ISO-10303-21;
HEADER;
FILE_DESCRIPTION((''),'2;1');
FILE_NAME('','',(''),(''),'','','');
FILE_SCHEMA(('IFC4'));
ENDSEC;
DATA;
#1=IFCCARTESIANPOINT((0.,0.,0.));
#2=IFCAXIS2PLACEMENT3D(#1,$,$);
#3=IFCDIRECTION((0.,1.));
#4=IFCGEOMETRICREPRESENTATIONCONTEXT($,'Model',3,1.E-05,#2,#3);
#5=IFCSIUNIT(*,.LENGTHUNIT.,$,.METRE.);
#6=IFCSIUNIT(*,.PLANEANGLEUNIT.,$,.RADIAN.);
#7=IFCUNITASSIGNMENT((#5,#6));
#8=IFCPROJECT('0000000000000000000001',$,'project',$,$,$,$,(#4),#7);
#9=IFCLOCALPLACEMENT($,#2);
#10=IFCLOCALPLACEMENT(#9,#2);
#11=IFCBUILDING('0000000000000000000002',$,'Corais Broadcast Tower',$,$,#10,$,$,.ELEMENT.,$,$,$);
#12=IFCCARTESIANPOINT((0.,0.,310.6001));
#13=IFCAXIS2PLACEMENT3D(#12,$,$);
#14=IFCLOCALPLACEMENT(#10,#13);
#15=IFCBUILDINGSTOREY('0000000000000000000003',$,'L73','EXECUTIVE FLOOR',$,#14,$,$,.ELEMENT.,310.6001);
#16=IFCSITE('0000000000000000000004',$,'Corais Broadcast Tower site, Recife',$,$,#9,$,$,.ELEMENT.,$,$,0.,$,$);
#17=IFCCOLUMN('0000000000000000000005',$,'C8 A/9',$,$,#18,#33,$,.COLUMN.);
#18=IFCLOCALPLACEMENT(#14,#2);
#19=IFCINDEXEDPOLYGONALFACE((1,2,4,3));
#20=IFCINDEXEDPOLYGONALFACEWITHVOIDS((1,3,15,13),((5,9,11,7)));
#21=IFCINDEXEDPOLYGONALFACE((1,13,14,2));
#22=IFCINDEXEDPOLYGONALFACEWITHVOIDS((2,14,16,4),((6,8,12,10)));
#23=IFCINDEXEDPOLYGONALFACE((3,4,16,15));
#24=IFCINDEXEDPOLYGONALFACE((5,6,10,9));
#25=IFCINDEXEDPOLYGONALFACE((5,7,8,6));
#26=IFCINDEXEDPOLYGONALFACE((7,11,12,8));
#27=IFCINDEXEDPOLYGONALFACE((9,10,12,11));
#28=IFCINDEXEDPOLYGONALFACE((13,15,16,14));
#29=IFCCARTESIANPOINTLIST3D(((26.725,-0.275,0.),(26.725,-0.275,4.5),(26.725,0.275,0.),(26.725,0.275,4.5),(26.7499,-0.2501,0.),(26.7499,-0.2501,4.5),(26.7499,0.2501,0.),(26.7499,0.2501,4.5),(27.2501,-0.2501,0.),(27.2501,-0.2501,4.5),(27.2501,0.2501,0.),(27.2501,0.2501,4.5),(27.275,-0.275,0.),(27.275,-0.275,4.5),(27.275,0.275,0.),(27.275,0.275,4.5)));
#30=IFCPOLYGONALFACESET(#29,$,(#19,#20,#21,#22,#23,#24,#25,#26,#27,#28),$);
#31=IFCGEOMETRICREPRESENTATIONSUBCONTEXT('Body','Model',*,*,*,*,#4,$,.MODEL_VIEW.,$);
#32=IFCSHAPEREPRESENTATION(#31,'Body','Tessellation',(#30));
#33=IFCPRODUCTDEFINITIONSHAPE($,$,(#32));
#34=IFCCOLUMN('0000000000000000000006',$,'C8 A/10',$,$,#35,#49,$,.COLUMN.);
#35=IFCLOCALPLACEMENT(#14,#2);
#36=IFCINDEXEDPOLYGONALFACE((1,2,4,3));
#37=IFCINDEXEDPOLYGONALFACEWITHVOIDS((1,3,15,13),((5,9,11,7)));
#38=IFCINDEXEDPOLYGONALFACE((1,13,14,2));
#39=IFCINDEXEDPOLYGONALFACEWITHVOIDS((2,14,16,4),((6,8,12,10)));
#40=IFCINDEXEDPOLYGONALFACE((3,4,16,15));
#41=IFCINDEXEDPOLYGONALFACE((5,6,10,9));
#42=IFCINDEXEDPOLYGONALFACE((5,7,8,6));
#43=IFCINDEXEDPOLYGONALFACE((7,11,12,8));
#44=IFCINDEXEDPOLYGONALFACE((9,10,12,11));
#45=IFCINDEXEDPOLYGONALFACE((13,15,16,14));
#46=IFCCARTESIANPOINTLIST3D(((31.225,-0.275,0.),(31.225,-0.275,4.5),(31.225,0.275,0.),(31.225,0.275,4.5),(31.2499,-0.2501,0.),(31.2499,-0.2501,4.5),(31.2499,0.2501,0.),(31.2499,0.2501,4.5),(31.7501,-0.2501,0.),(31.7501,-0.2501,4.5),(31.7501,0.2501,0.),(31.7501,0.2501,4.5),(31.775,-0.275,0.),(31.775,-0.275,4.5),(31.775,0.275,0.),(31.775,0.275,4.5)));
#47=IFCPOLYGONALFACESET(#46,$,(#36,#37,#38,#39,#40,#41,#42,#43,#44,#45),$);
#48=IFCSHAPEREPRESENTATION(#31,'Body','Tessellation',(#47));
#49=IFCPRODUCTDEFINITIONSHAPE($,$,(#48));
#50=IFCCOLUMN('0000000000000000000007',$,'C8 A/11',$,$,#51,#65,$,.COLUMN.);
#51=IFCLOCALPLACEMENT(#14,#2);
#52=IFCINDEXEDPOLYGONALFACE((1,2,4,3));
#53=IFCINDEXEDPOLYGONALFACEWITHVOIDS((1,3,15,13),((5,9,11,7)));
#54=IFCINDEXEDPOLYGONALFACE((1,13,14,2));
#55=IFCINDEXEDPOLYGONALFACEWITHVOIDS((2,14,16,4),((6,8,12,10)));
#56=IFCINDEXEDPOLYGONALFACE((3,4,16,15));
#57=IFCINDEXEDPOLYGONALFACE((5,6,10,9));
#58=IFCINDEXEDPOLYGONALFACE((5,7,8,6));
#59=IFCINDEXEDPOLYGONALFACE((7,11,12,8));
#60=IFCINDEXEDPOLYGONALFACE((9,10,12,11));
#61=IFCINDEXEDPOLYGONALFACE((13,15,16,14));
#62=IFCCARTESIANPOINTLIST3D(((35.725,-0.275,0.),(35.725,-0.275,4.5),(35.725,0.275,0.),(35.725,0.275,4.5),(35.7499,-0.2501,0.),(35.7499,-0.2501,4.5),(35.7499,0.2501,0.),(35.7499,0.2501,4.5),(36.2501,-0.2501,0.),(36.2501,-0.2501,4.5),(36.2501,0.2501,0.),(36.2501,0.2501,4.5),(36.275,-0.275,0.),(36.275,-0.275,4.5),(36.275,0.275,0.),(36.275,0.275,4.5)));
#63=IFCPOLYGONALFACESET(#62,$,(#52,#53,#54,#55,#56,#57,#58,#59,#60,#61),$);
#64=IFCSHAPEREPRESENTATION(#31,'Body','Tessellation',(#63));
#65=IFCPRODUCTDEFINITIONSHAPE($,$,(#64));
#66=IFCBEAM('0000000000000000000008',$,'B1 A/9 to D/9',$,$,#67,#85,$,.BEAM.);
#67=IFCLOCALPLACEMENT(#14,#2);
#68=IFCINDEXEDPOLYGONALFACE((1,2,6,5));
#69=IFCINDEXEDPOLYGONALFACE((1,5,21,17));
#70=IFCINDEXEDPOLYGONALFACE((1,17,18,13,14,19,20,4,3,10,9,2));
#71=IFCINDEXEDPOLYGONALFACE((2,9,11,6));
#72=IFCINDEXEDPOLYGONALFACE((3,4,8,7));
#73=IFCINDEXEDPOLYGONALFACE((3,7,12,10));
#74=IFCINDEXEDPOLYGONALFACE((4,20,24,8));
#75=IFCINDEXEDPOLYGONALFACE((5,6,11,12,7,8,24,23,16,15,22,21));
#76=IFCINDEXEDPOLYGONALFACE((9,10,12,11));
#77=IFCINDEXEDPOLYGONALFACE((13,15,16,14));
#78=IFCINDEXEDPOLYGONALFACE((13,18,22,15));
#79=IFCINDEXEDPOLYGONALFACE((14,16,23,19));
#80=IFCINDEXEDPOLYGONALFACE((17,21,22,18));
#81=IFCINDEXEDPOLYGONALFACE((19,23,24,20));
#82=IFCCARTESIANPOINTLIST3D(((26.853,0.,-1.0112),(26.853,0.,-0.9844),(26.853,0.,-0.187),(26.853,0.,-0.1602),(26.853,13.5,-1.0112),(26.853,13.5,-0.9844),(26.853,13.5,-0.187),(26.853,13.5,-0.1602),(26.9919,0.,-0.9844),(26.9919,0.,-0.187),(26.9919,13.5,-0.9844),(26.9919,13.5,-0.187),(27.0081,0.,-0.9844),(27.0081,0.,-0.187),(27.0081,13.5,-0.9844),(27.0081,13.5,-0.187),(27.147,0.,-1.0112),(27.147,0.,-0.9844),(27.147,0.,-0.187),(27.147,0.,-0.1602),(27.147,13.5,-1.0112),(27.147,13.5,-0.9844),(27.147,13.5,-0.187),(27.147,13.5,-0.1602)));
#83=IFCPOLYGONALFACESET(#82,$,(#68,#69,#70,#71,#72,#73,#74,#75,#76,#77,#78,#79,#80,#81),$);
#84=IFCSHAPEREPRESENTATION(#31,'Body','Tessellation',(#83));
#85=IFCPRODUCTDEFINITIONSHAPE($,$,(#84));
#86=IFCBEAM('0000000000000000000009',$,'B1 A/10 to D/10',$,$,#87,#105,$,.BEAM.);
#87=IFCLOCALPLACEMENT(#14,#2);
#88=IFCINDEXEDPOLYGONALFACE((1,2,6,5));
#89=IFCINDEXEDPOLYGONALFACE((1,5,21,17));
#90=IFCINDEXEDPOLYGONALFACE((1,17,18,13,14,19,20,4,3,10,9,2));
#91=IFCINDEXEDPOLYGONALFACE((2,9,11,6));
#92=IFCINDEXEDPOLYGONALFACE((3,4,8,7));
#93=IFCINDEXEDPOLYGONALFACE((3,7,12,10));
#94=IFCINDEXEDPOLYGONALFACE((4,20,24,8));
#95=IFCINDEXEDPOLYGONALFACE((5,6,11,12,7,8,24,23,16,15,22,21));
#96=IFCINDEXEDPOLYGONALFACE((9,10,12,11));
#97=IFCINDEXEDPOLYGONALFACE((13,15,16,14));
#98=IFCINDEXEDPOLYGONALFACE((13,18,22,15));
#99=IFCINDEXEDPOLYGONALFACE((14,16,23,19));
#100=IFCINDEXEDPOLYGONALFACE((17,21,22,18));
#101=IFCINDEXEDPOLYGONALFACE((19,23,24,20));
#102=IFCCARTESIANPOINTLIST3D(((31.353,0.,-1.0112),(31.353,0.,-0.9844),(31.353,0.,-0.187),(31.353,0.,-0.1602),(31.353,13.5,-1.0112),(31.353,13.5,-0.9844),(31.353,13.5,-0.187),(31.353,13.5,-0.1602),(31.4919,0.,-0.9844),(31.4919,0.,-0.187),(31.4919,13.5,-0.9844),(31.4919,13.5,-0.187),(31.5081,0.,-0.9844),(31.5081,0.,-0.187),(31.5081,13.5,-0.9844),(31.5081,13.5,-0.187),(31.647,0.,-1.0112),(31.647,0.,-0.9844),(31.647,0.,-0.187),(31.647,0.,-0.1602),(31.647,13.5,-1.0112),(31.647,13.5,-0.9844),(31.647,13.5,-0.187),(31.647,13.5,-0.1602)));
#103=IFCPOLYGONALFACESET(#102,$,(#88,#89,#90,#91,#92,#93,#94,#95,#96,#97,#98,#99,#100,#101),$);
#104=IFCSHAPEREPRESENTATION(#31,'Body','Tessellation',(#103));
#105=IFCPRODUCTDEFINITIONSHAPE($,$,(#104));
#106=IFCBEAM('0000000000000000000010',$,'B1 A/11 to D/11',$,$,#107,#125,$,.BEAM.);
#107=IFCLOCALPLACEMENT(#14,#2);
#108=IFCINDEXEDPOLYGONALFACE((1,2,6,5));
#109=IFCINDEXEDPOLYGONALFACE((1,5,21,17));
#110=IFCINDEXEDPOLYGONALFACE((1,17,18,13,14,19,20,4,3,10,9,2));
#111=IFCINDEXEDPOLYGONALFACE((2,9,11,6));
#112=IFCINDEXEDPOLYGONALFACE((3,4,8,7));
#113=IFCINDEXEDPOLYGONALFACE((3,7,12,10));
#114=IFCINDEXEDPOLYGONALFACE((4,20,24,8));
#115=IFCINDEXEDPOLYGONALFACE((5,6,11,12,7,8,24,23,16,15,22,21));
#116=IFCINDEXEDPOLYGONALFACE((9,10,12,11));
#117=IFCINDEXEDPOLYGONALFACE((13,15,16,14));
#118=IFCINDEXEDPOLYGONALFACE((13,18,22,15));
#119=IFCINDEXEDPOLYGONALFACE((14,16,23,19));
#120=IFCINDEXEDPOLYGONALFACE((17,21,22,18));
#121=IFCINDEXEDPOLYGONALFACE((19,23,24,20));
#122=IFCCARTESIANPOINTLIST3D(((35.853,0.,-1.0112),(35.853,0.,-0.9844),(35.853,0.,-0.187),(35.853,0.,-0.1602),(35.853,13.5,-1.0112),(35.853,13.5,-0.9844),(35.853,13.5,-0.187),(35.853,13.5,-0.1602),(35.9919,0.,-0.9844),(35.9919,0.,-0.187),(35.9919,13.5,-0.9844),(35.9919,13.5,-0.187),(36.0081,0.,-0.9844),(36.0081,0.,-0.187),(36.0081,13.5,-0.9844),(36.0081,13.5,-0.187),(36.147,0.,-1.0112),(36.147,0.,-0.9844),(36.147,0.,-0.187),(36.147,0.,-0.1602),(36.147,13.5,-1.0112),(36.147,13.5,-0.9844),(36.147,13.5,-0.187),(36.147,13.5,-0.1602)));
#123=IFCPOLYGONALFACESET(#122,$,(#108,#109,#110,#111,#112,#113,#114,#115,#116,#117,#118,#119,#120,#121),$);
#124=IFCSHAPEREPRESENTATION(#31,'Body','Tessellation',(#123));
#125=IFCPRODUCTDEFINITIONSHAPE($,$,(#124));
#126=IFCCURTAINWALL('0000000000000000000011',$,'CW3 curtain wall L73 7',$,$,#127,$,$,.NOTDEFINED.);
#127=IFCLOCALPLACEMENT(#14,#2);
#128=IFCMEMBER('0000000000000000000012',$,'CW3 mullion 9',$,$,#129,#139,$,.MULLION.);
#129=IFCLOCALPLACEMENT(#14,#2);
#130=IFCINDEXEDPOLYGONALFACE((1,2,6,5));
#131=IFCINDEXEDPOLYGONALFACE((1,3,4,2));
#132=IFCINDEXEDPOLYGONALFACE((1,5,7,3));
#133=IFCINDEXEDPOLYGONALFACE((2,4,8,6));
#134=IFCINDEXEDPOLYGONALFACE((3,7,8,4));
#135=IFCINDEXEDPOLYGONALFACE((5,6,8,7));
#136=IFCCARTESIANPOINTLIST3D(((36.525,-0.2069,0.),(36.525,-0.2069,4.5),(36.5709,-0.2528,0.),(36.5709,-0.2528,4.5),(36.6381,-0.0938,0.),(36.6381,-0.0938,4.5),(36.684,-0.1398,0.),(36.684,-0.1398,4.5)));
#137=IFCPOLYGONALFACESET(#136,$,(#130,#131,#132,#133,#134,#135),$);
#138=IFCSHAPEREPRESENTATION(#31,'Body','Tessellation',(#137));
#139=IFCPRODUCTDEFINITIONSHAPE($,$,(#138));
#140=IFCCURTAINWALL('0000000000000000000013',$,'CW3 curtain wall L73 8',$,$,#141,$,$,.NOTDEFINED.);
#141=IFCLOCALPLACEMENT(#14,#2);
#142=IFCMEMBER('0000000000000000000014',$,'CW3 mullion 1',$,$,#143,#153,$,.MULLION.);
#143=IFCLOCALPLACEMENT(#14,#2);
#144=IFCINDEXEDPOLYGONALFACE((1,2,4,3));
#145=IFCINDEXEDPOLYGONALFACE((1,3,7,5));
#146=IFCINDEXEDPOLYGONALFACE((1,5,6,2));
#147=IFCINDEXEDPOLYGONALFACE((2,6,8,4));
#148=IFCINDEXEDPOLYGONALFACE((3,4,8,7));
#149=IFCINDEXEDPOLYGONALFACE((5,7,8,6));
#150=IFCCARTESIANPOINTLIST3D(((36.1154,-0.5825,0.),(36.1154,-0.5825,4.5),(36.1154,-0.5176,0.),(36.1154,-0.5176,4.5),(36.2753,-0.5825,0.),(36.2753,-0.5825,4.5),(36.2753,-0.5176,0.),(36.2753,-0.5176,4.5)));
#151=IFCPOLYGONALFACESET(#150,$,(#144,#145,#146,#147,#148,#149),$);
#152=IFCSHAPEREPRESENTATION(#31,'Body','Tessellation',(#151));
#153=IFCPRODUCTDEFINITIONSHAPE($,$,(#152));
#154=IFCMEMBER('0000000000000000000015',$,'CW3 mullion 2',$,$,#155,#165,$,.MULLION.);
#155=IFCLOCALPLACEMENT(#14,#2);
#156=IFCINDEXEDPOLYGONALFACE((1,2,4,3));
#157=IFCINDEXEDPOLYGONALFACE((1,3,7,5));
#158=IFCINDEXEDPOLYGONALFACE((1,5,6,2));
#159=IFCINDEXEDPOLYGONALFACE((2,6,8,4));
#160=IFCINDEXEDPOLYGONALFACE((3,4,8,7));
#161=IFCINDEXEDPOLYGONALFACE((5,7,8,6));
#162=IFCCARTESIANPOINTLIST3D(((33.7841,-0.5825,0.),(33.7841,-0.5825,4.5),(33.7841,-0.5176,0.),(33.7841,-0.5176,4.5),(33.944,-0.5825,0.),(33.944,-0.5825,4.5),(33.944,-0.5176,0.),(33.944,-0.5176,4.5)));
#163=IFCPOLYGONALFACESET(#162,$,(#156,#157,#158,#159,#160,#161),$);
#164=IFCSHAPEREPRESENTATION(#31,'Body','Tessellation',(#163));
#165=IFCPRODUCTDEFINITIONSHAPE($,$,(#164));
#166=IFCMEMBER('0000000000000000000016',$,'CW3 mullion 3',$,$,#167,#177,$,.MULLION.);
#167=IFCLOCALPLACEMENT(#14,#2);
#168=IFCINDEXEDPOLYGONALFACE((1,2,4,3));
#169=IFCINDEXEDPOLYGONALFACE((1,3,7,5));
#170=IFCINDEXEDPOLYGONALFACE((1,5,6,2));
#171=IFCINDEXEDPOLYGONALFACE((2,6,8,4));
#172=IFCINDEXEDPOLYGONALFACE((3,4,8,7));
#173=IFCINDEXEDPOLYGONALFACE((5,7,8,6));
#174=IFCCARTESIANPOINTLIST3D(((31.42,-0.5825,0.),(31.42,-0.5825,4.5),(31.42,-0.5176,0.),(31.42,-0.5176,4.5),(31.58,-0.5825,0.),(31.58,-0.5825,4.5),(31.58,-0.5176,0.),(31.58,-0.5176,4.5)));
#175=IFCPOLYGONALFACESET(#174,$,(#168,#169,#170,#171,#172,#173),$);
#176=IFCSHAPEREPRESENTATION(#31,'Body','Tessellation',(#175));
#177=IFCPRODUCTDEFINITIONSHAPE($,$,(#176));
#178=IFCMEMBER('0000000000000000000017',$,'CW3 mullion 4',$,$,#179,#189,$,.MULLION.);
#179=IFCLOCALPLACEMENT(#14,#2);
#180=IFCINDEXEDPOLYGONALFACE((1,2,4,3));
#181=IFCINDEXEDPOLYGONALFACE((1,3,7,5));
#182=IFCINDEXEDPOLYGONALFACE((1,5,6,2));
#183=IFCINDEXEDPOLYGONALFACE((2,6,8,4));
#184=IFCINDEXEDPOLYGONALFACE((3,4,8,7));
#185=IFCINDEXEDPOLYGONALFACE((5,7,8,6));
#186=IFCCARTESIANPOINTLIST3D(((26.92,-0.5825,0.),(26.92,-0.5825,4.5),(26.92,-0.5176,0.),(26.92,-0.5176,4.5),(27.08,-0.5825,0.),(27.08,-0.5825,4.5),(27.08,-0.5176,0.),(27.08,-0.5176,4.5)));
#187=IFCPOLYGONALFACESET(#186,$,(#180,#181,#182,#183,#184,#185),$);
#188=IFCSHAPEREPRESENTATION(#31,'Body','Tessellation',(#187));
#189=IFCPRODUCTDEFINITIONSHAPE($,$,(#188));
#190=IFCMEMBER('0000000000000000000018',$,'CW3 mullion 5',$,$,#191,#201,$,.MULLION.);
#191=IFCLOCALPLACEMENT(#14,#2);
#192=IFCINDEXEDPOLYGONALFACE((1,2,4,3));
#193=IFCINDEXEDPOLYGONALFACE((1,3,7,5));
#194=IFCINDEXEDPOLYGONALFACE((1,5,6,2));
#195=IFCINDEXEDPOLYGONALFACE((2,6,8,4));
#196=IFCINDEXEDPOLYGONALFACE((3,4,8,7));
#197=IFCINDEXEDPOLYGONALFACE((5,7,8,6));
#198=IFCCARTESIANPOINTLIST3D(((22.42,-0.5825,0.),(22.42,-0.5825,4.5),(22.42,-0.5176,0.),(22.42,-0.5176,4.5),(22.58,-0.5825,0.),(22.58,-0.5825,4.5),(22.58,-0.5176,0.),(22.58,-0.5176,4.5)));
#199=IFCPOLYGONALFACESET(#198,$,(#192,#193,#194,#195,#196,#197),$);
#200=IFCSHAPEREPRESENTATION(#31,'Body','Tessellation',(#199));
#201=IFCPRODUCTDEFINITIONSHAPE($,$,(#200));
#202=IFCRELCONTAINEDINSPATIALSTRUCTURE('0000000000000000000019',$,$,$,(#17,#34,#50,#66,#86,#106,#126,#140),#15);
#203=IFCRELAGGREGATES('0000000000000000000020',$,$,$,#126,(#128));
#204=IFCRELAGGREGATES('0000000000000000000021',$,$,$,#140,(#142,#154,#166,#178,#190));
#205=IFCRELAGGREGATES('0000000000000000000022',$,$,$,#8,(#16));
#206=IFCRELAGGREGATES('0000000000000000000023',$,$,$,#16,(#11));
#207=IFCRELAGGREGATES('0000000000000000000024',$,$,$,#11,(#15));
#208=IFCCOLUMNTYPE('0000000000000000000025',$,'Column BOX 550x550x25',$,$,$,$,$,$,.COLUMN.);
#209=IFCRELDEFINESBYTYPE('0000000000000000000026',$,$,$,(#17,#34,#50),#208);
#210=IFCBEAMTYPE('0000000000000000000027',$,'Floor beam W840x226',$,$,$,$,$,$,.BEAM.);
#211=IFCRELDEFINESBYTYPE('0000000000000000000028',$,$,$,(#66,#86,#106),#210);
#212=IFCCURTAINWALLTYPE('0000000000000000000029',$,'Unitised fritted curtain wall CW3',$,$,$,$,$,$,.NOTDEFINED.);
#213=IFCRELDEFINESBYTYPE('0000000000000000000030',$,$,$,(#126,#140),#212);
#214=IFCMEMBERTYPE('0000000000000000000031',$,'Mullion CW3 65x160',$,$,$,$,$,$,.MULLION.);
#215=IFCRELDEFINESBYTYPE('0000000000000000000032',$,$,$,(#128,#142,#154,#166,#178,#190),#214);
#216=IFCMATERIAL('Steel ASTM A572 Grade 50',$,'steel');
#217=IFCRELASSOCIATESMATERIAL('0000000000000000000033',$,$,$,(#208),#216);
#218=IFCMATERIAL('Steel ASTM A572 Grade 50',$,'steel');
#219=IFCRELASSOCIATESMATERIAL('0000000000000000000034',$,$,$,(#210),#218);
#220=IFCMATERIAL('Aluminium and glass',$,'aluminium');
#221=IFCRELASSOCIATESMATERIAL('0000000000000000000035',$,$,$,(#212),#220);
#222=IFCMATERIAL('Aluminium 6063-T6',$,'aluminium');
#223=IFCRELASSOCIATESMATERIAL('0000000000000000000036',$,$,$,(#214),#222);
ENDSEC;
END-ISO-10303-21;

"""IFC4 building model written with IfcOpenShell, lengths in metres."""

from ifc_helpers import new_model, si_unit, direction, frame, origin, origin_2d, place, context, subcontext, project, spatial, rectangle, hollow_rectangle, i_section, extrude, material, material_profile, profile_set, type_object, element, aggregate, save


model = new_model("IFC4")

# Units and contexts
model_context = context("Model", 3, precision=1e-05, world=origin(), true_north=direction((0.0, 1.0)))
body_context = subcontext(model_context, "Body", "Model", "MODEL_VIEW")
ifc_project = project(units=[si_unit("LENGTHUNIT", "METRE"), si_unit("PLANEANGLEUNIT", "RADIAN")], contexts=[model_context])

# Site, building, storey
site_placement = place(None, origin())
site = spatial("IfcSite", under=ifc_project, at=site_placement, Name="Corais Broadcast Tower site, Recife", CompositionType="ELEMENT", RefElevation=0.0)
building_placement = place(site_placement, origin())
building = spatial("IfcBuilding", under=site, at=building_placement, Name="Corais Broadcast Tower", CompositionType="ELEMENT")
storey_placement = place(building_placement, frame((0.0, 0.0, 310.6001)))
storey = spatial("IfcBuildingStorey", under=building, at=storey_placement, Name="L73", Description="EXECUTIVE FLOOR", CompositionType="ELEMENT", Elevation=310.6001)

# Columns
ifc_material_1 = material(Name="Steel ASTM A572 Grade 50", Category="steel")
ifc_material_profile_1 = material_profile(ifc_material_1, hollow_rectangle(XDim=0.55, YDim=0.55, WallThickness=0.0249, at=origin_2d()), Name="BOX 550x550x25")
ifc_profile_set_1 = profile_set([ifc_material_profile_1], Name="Steel ASTM A572 Grade 50")
column_type = type_object("IfcColumnType", Name="Column BOX 550x550x25", PredefinedType="COLUMN", material=ifc_profile_set_1)
for number, where, z_axis, x_axis, name in (
    (1, (27.0, 0.0, 0.0), (0.0, 0.0, 1.0), (1.0, 0.0, 0.0), "C8 A/9"),
    (2, (31.5, 0.0, 0.0), (0.0, 0.0, 1.0), (1.0, 0.0, 0.0), "C8 A/10"),
    (3, (36.0, 0.0, 0.0), (0.0, 0.0, 1.0), (1.0, 0.0, 0.0), "C8 A/11"),
):
    element("IfcColumn", number, at=place(storey_placement, frame(where, z_axis=z_axis, x_axis=x_axis)), inside=storey, type_object=column_type, Name=name, PredefinedType="COLUMN", context=body_context, shape_type="SweptSolid", body=[
        extrude(hollow_rectangle(XDim=0.55, YDim=0.55, WallThickness=0.0249, at=origin_2d()), origin(), (0.0, 0.0, 1.0), 4.5),
    ])

# Beams
ifc_material_2 = material(Name="Steel ASTM A572 Grade 50", Category="steel")
ifc_material_profile_2 = material_profile(ifc_material_2, i_section(OverallWidth=0.2939, OverallDepth=0.8511, WebThickness=0.0161, FlangeThickness=0.0269, at=origin_2d()), Name="W840x226")
ifc_profile_set_2 = profile_set([ifc_material_profile_2], Name="Steel ASTM A572 Grade 50")
beam_type_1 = type_object("IfcBeamType", Name="Floor beam W840x226", PredefinedType="BEAM", material=ifc_profile_set_2)
for number, where, z_axis, x_axis, name in (
    (4, (27.0, 0.0, -0.5857), (0.0, 1.0, 0.0), (-1.0, 0.0, 0.0), "B1 A/9 to D/9"),
    (5, (31.5, 0.0, -0.5857), (0.0, 1.0, 0.0), (-1.0, 0.0, 0.0), "B1 A/10 to D/10"),
    (6, (36.0, 0.0, -0.5857), (0.0, 1.0, 0.0), (-1.0, 0.0, 0.0), "B1 A/11 to D/11"),
):
    element("IfcBeam", number, at=place(storey_placement, frame(where, z_axis=z_axis, x_axis=x_axis)), inside=storey, type_object=beam_type_1, Name=name, PredefinedType="BEAM", context=body_context, shape_type="SweptSolid", body=[
        extrude(i_section(OverallWidth=0.2939, OverallDepth=0.8511, WebThickness=0.0161, FlangeThickness=0.0269, at=origin_2d()), origin(), (0.0, 0.0, 1.0), 13.5),
    ])

# Curtain wall, member
ifc_material_3 = material(Name="Aluminium and glass", Category="aluminium")
curtain_wall_type = type_object("IfcCurtainWallType", Name="Unitised fritted curtain wall CW3", PredefinedType="NOTDEFINED", material=ifc_material_3)
curtain_wall_1_placement = place(storey_placement, origin())
curtain_wall_1 = element("IfcCurtainWall", 7, at=curtain_wall_1_placement, inside=storey, type_object=curtain_wall_type, Name="CW3 curtain wall L73 7", PredefinedType="NOTDEFINED")
ifc_material_4 = material(Name="Aluminium 6063-T6", Category="aluminium")
ifc_material_profile_3 = material_profile(ifc_material_4, rectangle(XDim=0.0649, YDim=0.1599, at=origin_2d()), Name="Mullion CW3 65x160")
ifc_profile_set_3 = profile_set([ifc_material_profile_3], Name="Aluminium 6063-T6")
member_type_1 = type_object("IfcMemberType", Name="Mullion CW3 65x160", PredefinedType="MULLION", material=ifc_profile_set_3)
member_1_placement = place(storey_placement, frame((36.6045, -0.1733, 0.0), z_axis=(0.0, 0.0, 1.0), x_axis=(0.707107, -0.707107, 0.0)))
member_1 = element("IfcMember", 8, at=member_1_placement, type_object=member_type_1, Name="CW3 mullion 9", PredefinedType="MULLION", context=body_context, shape_type="SweptSolid", body=[
    extrude(rectangle(XDim=0.0649, YDim=0.1599, at=origin_2d()), origin(), (0.0, 0.0, 1.0), 4.5),
])
aggregate(curtain_wall_1, [member_1])

# Curtain wall, members
curtain_wall_2_placement = place(storey_placement, origin())
curtain_wall_2 = element("IfcCurtainWall", 9, at=curtain_wall_2_placement, inside=storey, type_object=curtain_wall_type, Name="CW3 curtain wall L73 8", PredefinedType="NOTDEFINED")
member_2_placement = place(storey_placement, frame((36.1953, -0.55, 0.0), z_axis=(0.0, 0.0, 1.0), x_axis=(0.0, -1.0, 0.0)))
member_2 = element("IfcMember", 10, at=member_2_placement, type_object=member_type_1, Name="CW3 mullion 1", PredefinedType="MULLION", context=body_context, shape_type="SweptSolid", body=[
    extrude(rectangle(XDim=0.0649, YDim=0.1599, at=origin_2d()), origin(), (0.0, 0.0, 1.0), 4.5),
])
member_3_placement = place(storey_placement, frame((33.864, -0.55, 0.0), z_axis=(0.0, 0.0, 1.0), x_axis=(0.0, -1.0, 0.0)))
member_3 = element("IfcMember", 11, at=member_3_placement, type_object=member_type_1, Name="CW3 mullion 2", PredefinedType="MULLION", context=body_context, shape_type="SweptSolid", body=[
    extrude(rectangle(XDim=0.0649, YDim=0.1599, at=origin_2d()), origin(), (0.0, 0.0, 1.0), 4.5),
])
member_4_placement = place(storey_placement, frame((31.5, -0.55, 0.0), z_axis=(0.0, 0.0, 1.0), x_axis=(0.0, -1.0, 0.0)))
member_4 = element("IfcMember", 12, at=member_4_placement, type_object=member_type_1, Name="CW3 mullion 3", PredefinedType="MULLION", context=body_context, shape_type="SweptSolid", body=[
    extrude(rectangle(XDim=0.0649, YDim=0.1599, at=origin_2d()), origin(), (0.0, 0.0, 1.0), 4.5),
])
member_5_placement = place(storey_placement, frame((27.0, -0.55, 0.0), z_axis=(0.0, 0.0, 1.0), x_axis=(0.0, -1.0, 0.0)))
member_5 = element("IfcMember", 13, at=member_5_placement, type_object=member_type_1, Name="CW3 mullion 4", PredefinedType="MULLION", context=body_context, shape_type="SweptSolid", body=[
    extrude(rectangle(XDim=0.0649, YDim=0.1599, at=origin_2d()), origin(), (0.0, 0.0, 1.0), 4.5),
])
member_6_placement = place(storey_placement, frame((22.5, -0.55, 0.0), z_axis=(0.0, 0.0, 1.0), x_axis=(0.0, -1.0, 0.0)))
member_6 = element("IfcMember", 14, at=member_6_placement, type_object=member_type_1, Name="CW3 mullion 5", PredefinedType="MULLION", context=body_context, shape_type="SweptSolid", body=[
    extrude(rectangle(XDim=0.0649, YDim=0.1599, at=origin_2d()), origin(), (0.0, 0.0, 1.0), 4.5),
])

aggregate(curtain_wall_2, [member_2, member_3, member_4, member_5, member_6])

save(model, "model.ifc")
